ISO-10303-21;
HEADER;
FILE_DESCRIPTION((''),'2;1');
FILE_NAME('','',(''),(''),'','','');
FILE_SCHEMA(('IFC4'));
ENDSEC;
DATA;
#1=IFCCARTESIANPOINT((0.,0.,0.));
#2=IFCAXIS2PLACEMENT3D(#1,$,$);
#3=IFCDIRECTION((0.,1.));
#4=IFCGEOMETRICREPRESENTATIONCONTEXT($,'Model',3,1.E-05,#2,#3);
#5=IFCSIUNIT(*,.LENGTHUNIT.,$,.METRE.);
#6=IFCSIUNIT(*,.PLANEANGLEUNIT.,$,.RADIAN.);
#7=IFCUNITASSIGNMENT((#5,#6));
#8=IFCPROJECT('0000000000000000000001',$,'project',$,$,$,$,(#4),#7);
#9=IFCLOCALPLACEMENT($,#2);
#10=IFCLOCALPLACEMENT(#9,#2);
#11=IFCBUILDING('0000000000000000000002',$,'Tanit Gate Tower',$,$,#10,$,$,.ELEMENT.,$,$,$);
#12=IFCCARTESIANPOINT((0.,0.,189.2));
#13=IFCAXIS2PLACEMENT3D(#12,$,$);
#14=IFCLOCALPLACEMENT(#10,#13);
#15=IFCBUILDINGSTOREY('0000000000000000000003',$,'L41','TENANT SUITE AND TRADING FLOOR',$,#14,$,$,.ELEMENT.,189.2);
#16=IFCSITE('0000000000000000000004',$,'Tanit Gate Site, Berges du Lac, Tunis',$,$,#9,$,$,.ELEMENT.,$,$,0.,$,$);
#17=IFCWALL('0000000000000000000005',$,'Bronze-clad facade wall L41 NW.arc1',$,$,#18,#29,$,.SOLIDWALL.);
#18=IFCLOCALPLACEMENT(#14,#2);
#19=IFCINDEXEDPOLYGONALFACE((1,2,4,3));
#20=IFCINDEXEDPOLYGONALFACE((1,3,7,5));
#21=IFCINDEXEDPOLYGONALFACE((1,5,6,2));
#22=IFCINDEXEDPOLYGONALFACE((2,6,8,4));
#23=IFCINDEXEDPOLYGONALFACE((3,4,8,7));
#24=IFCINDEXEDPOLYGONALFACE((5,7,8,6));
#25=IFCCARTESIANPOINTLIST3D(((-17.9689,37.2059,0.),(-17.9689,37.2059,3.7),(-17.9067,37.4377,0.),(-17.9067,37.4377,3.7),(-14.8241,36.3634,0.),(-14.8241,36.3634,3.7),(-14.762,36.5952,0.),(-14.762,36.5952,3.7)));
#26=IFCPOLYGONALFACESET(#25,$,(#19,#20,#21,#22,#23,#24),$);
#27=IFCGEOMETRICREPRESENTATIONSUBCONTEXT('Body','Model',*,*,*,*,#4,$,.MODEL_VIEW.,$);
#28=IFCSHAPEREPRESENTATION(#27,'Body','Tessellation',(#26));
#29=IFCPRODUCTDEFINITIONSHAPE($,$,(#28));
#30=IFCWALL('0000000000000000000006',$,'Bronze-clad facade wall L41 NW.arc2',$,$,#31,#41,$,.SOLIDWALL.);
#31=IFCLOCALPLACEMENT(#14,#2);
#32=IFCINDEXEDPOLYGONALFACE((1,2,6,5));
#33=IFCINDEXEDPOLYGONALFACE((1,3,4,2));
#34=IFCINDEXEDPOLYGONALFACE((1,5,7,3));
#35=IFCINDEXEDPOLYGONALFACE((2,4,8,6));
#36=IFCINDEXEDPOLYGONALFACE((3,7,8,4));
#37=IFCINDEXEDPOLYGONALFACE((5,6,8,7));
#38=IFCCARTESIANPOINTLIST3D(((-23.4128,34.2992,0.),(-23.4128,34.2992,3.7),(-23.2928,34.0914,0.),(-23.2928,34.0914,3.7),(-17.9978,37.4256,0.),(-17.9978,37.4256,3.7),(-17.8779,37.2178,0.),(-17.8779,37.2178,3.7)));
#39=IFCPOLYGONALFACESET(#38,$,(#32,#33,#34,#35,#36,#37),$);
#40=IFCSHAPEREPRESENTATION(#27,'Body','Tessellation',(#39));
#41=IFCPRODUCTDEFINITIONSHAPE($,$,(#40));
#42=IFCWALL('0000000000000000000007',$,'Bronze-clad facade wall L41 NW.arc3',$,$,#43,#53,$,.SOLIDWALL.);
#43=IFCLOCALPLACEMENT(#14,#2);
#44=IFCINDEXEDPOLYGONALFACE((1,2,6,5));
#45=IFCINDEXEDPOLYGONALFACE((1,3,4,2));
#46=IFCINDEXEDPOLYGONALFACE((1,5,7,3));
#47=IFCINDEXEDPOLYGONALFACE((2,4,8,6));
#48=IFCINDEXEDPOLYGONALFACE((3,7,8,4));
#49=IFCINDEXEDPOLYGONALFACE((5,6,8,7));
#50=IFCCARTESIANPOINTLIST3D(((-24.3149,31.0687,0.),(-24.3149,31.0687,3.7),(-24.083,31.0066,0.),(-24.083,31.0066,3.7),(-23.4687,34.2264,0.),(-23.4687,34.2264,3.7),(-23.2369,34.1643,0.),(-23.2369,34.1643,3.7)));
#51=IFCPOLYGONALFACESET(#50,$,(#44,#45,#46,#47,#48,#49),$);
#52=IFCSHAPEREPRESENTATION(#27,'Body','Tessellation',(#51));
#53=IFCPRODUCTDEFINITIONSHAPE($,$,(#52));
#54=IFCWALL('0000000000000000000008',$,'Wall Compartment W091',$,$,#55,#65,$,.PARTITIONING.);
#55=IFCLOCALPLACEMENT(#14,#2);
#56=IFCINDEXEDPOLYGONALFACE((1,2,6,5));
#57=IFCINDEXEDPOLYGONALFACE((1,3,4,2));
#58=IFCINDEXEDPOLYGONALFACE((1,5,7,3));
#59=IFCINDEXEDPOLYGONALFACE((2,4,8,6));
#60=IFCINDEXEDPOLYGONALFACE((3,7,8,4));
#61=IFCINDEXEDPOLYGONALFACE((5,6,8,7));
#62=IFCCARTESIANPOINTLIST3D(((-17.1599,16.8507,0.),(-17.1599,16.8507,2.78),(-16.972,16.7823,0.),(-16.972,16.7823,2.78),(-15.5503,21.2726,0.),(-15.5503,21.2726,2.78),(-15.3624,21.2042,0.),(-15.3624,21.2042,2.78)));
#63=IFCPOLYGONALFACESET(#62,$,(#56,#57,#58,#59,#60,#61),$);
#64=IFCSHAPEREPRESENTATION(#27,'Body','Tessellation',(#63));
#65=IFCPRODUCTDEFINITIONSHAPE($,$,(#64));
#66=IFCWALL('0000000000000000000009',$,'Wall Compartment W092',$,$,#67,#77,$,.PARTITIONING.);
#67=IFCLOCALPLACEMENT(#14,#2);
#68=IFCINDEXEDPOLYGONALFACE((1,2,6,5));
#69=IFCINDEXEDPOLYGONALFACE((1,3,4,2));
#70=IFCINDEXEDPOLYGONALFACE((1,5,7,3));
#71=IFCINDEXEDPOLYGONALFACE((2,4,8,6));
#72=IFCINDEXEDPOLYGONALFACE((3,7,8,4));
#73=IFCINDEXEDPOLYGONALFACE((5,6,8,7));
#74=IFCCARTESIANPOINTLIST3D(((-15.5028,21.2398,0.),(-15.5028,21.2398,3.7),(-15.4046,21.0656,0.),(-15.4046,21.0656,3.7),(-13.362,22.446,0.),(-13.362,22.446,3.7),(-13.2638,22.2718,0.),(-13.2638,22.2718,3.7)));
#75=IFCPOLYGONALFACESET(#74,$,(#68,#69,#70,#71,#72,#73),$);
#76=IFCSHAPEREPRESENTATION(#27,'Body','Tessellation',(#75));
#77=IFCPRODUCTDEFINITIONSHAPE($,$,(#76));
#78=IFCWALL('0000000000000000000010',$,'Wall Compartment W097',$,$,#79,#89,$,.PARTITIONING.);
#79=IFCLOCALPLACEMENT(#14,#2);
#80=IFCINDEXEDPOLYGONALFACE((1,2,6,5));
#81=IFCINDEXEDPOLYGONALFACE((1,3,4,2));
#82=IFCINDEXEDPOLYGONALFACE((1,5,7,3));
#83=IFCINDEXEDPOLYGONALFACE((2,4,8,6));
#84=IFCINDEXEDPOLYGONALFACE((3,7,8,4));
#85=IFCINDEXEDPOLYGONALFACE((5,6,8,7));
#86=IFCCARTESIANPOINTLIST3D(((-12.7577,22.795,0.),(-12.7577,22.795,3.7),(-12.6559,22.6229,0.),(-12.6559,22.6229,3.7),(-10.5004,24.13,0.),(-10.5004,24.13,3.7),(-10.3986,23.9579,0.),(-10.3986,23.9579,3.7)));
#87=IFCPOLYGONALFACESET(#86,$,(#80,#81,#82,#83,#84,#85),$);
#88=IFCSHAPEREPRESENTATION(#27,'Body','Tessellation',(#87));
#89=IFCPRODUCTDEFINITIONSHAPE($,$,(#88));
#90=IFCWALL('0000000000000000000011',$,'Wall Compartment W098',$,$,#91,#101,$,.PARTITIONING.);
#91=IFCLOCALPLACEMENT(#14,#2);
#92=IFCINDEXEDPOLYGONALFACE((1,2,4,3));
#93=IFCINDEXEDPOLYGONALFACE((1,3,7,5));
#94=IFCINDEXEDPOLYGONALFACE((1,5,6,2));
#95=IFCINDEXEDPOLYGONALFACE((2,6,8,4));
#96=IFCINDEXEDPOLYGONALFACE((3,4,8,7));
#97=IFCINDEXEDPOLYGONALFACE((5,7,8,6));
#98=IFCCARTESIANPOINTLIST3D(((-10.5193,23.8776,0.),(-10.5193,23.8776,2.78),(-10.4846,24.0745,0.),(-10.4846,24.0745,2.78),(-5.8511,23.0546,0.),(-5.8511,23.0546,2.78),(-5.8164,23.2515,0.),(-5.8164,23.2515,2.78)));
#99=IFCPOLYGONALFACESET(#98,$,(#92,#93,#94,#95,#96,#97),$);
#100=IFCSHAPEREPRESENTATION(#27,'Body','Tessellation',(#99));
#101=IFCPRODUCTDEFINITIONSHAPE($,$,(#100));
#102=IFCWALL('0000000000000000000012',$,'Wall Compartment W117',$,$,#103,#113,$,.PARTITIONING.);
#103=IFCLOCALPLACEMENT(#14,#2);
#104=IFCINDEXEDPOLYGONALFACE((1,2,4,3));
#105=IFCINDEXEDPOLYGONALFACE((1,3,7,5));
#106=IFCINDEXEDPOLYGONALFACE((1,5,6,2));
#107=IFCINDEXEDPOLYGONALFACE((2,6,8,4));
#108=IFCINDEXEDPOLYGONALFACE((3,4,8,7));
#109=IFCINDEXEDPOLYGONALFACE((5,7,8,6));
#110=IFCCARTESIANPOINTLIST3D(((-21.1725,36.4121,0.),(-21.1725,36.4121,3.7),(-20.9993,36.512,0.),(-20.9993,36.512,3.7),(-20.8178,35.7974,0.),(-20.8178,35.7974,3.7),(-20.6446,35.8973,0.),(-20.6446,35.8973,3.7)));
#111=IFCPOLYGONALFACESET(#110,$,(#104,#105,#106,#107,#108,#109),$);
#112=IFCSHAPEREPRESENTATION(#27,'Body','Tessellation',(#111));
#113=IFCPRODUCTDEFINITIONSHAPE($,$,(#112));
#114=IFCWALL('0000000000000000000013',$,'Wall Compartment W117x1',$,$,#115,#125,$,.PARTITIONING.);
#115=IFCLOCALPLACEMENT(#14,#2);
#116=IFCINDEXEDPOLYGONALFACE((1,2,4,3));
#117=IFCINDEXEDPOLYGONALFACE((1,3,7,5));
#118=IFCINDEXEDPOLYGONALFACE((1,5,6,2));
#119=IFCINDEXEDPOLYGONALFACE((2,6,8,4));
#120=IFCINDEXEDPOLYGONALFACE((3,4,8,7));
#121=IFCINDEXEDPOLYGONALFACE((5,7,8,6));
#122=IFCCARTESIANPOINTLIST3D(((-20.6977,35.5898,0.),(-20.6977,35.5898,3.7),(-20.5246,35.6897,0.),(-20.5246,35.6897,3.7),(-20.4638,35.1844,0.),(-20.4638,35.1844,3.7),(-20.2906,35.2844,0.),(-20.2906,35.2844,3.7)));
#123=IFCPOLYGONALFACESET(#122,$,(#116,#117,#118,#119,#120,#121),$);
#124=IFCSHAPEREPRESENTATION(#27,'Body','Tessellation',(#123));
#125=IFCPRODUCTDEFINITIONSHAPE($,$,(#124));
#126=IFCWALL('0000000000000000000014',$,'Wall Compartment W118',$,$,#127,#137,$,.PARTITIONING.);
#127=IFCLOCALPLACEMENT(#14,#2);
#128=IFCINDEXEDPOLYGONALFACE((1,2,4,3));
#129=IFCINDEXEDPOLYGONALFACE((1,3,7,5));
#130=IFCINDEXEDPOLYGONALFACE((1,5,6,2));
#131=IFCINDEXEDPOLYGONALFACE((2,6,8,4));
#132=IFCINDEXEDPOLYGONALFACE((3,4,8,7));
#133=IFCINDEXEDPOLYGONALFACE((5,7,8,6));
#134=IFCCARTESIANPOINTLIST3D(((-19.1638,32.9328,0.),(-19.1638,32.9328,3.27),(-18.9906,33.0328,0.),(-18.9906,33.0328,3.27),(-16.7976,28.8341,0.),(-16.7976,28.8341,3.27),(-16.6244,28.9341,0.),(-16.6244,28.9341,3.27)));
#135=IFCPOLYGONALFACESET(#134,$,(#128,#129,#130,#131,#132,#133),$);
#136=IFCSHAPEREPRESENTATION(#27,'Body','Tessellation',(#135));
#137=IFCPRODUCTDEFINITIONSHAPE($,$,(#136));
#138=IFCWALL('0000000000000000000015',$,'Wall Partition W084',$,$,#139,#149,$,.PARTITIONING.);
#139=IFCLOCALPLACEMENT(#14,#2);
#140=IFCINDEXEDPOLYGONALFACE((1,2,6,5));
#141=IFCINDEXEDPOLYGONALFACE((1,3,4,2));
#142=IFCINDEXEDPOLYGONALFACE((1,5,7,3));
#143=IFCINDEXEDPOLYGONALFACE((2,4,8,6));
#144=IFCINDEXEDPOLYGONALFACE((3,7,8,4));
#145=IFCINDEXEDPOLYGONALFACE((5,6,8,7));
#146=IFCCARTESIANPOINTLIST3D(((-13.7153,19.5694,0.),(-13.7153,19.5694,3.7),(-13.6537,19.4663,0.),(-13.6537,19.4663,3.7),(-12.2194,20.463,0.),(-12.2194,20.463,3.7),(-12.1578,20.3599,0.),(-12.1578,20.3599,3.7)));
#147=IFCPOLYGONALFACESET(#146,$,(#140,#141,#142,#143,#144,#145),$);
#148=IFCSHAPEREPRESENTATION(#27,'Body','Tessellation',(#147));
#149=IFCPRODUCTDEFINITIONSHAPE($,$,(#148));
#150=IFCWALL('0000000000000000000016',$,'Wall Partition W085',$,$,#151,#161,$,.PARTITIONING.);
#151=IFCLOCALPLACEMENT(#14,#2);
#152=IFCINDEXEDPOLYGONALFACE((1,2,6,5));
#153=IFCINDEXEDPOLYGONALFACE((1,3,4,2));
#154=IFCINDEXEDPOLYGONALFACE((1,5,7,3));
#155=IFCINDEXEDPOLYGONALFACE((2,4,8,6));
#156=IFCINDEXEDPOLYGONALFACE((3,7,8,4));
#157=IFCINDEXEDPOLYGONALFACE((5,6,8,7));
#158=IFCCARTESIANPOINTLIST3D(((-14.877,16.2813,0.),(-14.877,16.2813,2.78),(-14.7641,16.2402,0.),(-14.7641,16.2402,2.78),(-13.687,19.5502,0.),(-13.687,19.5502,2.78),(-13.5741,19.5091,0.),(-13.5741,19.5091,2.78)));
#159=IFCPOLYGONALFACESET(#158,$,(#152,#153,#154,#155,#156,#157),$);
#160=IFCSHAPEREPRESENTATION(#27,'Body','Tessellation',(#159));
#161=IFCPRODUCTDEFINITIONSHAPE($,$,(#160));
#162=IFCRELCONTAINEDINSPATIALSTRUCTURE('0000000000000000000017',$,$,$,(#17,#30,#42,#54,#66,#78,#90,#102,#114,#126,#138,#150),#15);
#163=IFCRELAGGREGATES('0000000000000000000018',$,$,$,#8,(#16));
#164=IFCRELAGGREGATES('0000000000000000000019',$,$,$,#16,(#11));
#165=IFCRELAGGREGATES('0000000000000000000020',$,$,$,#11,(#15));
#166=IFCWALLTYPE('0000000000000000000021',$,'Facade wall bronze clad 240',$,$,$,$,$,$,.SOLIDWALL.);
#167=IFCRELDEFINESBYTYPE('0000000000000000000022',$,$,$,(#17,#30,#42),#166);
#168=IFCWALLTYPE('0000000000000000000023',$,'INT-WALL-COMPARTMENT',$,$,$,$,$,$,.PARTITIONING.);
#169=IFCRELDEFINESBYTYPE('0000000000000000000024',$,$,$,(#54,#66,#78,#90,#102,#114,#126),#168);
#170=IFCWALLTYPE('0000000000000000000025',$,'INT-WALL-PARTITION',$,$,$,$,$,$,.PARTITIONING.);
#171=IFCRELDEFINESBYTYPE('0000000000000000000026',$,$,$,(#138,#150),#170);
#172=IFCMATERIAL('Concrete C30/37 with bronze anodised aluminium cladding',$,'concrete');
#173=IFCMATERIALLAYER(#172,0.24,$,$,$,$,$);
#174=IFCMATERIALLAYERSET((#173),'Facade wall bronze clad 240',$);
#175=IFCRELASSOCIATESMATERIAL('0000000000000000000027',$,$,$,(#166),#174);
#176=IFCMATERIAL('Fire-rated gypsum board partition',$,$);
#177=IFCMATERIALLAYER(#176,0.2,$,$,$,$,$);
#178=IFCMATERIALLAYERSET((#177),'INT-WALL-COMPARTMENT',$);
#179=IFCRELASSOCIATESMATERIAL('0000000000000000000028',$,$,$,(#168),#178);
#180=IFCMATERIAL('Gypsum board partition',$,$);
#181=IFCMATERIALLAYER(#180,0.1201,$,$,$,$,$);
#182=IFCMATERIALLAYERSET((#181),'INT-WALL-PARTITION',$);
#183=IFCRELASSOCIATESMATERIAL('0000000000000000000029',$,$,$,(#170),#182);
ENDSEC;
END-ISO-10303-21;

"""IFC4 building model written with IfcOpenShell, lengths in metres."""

from ifc_helpers import new_model, si_unit, direction, frame, frame_2d, origin, place, context, subcontext, project, spatial, rectangle, extrude, material, layer, layer_set, type_object, element, save


model = new_model("IFC4")

# Units and contexts
model_context = context("Model", 3, precision=1e-05, world=origin(), true_north=direction((0.0, 1.0)))
body_context = subcontext(model_context, "Body", "Model", "MODEL_VIEW")
ifc_project = project(units=[si_unit("LENGTHUNIT", "METRE"), si_unit("PLANEANGLEUNIT", "RADIAN")], contexts=[model_context])

# Site, building, storey
site_placement = place(None, origin())
site = spatial("IfcSite", under=ifc_project, at=site_placement, Name="Tanit Gate Site, Berges du Lac, Tunis", CompositionType="ELEMENT", RefElevation=0.0)
building_placement = place(site_placement, origin())
building = spatial("IfcBuilding", under=site, at=building_placement, Name="Tanit Gate Tower", CompositionType="ELEMENT")
storey_placement = place(building_placement, frame((0.0, 0.0, 189.2)))
storey = spatial("IfcBuildingStorey", under=building, at=storey_placement, Name="L41", Description="TENANT SUITE AND TRADING FLOOR", CompositionType="ELEMENT", Elevation=189.2)

# Walls
ifc_material_1 = material(Name="Concrete C30/37 with bronze anodised aluminium cladding", Category="concrete")
ifc_layer_1 = layer(ifc_material_1, 0.24)
ifc_layer_set_1 = layer_set([ifc_layer_1], Name="Facade wall bronze clad 240")
wall_type_1 = type_object("IfcWallType", Name="Facade wall bronze clad 240", PredefinedType="SOLIDWALL", material=ifc_layer_set_1)
wall_1_placement = place(storey_placement, frame((-14.793, 36.4792, 0.0), z_axis=(0.0, 0.0, 1.0), x_axis=(-0.965934, 0.258787, 0.0)))
element("IfcWall", 1, at=wall_1_placement, inside=storey, type_object=wall_type_1, Name="Bronze-clad facade wall L41 NW.arc1", PredefinedType="SOLIDWALL", context=body_context, shape_type="SweptSolid", body=[
    extrude(rectangle(XDim=3.2556, YDim=0.24, at=frame_2d((1.6279, 0.0))), origin(), (0.0, 0.0, 1.0), 3.7),
])
wall_2_placement = place(storey_placement, frame((-17.9377, 37.3218, 0.0), z_axis=(0.0, 0.0, 1.0), x_axis=(-0.866019, -0.500011, 0.0)))
element("IfcWall", 2, at=wall_2_placement, inside=storey, type_object=wall_type_1, Name="Bronze-clad facade wall L41 NW.arc2", PredefinedType="SOLIDWALL", context=body_context, shape_type="SweptSolid", body=[
    extrude(rectangle(XDim=6.2527, YDim=0.24, at=frame_2d((3.1265, 0.0))), origin(), (0.0, 0.0, 1.0), 3.7),
])
wall_3_placement = place(storey_placement, frame((-23.3528, 34.1953, 0.0), z_axis=(0.0, 0.0, 1.0), x_axis=(-0.258843, -0.965919, 0.0)))
element("IfcWall", 3, at=wall_3_placement, inside=storey, type_object=wall_type_1, Name="Bronze-clad facade wall L41 NW.arc3", PredefinedType="SOLIDWALL", context=body_context, shape_type="SweptSolid", body=[
    extrude(rectangle(XDim=3.269, YDim=0.24, at=frame_2d((1.6345, 0.0))), origin(), (0.0, 0.0, 1.0), 3.7),
])
ifc_material_2 = material(Name="Fire-rated gypsum board partition")
ifc_layer_2 = layer(ifc_material_2, 0.2)
ifc_layer_set_2 = layer_set([ifc_layer_2], Name="INT-WALL-COMPARTMENT")
wall_type_2 = type_object("IfcWallType", Name="INT-WALL-COMPARTMENT", PredefinedType="PARTITIONING", material=ifc_layer_set_2)
wall_4_placement = place(storey_placement, frame((-15.4563, 21.2385, 0.0), z_axis=(0.0, 0.0, 1.0), x_axis=(-0.342055, -0.93968, 0.0)))
element("IfcWall", 4, at=wall_4_placement, inside=storey, type_object=wall_type_2, Name="Wall Compartment W091", PredefinedType="PARTITIONING", context=body_context, shape_type="SweptSolid", body=[
    extrude(rectangle(XDim=4.7058, YDim=0.2, at=frame_2d((2.353, 0.0))), origin(), (0.0, 0.0, 1.0), 2.78),
])
wall_5_placement = place(storey_placement, frame((-13.313, 22.3589, 0.0), z_axis=(0.0, 0.0, 1.0), x_axis=(-0.871217, -0.490898, 0.0)))
element("IfcWall", 5, at=wall_5_placement, inside=storey, type_object=wall_type_2, Name="Wall Compartment W092", PredefinedType="PARTITIONING", context=body_context, shape_type="SweptSolid", body=[
    extrude(rectangle(XDim=2.4573, YDim=0.2, at=frame_2d((1.2285, 0.0))), origin(), (0.0, 0.0, 1.0), 3.7),
])
wall_6_placement = place(storey_placement, frame((-10.4495, 24.0439, 0.0), z_axis=(0.0, 0.0, 1.0), x_axis=(-0.860745, -0.509037, 0.0)))
element("IfcWall", 6, at=wall_6_placement, inside=storey, type_object=wall_type_2, Name="Wall Compartment W097", PredefinedType="PARTITIONING", context=body_context, shape_type="SweptSolid", body=[
    extrude(rectangle(XDim=2.6226, YDim=0.2, at=frame_2d((1.3113, 0.0))), origin(), (0.0, 0.0, 1.0), 3.7),
])
wall_7_placement = place(storey_placement, frame((-5.8337, 23.1531, 0.0), z_axis=(0.0, 0.0, 1.0), x_axis=(-0.984813, 0.173621, 0.0)))
element("IfcWall", 7, at=wall_7_placement, inside=storey, type_object=wall_type_2, Name="Wall Compartment W098", PredefinedType="PARTITIONING", context=body_context, shape_type="SweptSolid", body=[
    extrude(rectangle(XDim=4.7402, YDim=0.2, at=frame_2d((2.3701, 0.0))), origin(), (0.0, 0.0, 1.0), 2.78),
])
wall_8_placement = place(storey_placement, frame((-21.0859, 36.4622, 0.0), z_axis=(0.0, 0.0, 1.0), x_axis=(0.499802, -0.86614, 0.0)))
element("IfcWall", 8, at=wall_8_placement, inside=storey, type_object=wall_type_2, Name="Wall Compartment W117", PredefinedType="PARTITIONING", context=body_context, shape_type="SweptSolid", body=[
    extrude(rectangle(XDim=0.7097, YDim=0.2, at=frame_2d((0.355, 0.0))), origin(), (0.0, 0.0, 1.0), 3.7),
])
wall_9_placement = place(storey_placement, frame((-20.6111, 35.6396, 0.0), z_axis=(0.0, 0.0, 1.0), x_axis=(0.499843, -0.866116, 0.0)))
element("IfcWall", 9, at=wall_9_placement, inside=storey, type_object=wall_type_2, Name="Wall Compartment W117x1", PredefinedType="PARTITIONING", context=body_context, shape_type="SweptSolid", body=[
    extrude(rectangle(XDim=0.468, YDim=0.2, at=frame_2d((0.2339, 0.0))), origin(), (0.0, 0.0, 1.0), 3.7),
])
wall_10_placement = place(storey_placement, frame((-19.0771, 32.9827, 0.0), z_axis=(0.0, 0.0, 1.0), x_axis=(0.499978, -0.866038, 0.0)))
element("IfcWall", 10, at=wall_10_placement, inside=storey, type_object=wall_type_2, Name="Wall Compartment W118", PredefinedType="PARTITIONING", context=body_context, shape_type="SweptSolid", body=[
    extrude(rectangle(XDim=4.7327, YDim=0.2, at=frame_2d((2.3662, 0.0))), origin(), (0.0, 0.0, 1.0), 3.27),
])
ifc_material_3 = material(Name="Gypsum board partition")
ifc_layer_3 = layer(ifc_material_3, 0.1201)
ifc_layer_set_3 = layer_set([ifc_layer_3], Name="INT-WALL-PARTITION")
wall_type_3 = type_object("IfcWallType", Name="INT-WALL-PARTITION", PredefinedType="PARTITIONING", material=ifc_layer_set_3)
wall_11_placement = place(storey_placement, frame((-12.1887, 20.4114, 0.0), z_axis=(0.0, 0.0, 1.0), x_axis=(-0.858493, -0.512826, 0.0)))
element("IfcWall", 11, at=wall_11_placement, inside=storey, type_object=wall_type_3, Name="Wall Partition W084", PredefinedType="PARTITIONING", context=body_context, shape_type="SweptSolid", body=[
    extrude(rectangle(XDim=1.7424, YDim=0.1201, at=frame_2d((0.8711, 0.0))), origin(), (0.0, 0.0, 1.0), 3.7),
])
wall_12_placement = place(storey_placement, frame((-13.6306, 19.5295, 0.0), z_axis=(0.0, 0.0, 1.0), x_axis=(-0.34207, -0.939675, 0.0)))
element("IfcWall", 12, at=wall_12_placement, inside=storey, type_object=wall_type_3, Name="Wall Partition W085", PredefinedType="PARTITIONING", context=body_context, shape_type="SweptSolid", body=[
    extrude(rectangle(XDim=3.4788, YDim=0.1201, at=frame_2d((1.7393, 0.0))), origin(), (0.0, 0.0, 1.0), 2.78),
])

save(model, "model.ifc")
